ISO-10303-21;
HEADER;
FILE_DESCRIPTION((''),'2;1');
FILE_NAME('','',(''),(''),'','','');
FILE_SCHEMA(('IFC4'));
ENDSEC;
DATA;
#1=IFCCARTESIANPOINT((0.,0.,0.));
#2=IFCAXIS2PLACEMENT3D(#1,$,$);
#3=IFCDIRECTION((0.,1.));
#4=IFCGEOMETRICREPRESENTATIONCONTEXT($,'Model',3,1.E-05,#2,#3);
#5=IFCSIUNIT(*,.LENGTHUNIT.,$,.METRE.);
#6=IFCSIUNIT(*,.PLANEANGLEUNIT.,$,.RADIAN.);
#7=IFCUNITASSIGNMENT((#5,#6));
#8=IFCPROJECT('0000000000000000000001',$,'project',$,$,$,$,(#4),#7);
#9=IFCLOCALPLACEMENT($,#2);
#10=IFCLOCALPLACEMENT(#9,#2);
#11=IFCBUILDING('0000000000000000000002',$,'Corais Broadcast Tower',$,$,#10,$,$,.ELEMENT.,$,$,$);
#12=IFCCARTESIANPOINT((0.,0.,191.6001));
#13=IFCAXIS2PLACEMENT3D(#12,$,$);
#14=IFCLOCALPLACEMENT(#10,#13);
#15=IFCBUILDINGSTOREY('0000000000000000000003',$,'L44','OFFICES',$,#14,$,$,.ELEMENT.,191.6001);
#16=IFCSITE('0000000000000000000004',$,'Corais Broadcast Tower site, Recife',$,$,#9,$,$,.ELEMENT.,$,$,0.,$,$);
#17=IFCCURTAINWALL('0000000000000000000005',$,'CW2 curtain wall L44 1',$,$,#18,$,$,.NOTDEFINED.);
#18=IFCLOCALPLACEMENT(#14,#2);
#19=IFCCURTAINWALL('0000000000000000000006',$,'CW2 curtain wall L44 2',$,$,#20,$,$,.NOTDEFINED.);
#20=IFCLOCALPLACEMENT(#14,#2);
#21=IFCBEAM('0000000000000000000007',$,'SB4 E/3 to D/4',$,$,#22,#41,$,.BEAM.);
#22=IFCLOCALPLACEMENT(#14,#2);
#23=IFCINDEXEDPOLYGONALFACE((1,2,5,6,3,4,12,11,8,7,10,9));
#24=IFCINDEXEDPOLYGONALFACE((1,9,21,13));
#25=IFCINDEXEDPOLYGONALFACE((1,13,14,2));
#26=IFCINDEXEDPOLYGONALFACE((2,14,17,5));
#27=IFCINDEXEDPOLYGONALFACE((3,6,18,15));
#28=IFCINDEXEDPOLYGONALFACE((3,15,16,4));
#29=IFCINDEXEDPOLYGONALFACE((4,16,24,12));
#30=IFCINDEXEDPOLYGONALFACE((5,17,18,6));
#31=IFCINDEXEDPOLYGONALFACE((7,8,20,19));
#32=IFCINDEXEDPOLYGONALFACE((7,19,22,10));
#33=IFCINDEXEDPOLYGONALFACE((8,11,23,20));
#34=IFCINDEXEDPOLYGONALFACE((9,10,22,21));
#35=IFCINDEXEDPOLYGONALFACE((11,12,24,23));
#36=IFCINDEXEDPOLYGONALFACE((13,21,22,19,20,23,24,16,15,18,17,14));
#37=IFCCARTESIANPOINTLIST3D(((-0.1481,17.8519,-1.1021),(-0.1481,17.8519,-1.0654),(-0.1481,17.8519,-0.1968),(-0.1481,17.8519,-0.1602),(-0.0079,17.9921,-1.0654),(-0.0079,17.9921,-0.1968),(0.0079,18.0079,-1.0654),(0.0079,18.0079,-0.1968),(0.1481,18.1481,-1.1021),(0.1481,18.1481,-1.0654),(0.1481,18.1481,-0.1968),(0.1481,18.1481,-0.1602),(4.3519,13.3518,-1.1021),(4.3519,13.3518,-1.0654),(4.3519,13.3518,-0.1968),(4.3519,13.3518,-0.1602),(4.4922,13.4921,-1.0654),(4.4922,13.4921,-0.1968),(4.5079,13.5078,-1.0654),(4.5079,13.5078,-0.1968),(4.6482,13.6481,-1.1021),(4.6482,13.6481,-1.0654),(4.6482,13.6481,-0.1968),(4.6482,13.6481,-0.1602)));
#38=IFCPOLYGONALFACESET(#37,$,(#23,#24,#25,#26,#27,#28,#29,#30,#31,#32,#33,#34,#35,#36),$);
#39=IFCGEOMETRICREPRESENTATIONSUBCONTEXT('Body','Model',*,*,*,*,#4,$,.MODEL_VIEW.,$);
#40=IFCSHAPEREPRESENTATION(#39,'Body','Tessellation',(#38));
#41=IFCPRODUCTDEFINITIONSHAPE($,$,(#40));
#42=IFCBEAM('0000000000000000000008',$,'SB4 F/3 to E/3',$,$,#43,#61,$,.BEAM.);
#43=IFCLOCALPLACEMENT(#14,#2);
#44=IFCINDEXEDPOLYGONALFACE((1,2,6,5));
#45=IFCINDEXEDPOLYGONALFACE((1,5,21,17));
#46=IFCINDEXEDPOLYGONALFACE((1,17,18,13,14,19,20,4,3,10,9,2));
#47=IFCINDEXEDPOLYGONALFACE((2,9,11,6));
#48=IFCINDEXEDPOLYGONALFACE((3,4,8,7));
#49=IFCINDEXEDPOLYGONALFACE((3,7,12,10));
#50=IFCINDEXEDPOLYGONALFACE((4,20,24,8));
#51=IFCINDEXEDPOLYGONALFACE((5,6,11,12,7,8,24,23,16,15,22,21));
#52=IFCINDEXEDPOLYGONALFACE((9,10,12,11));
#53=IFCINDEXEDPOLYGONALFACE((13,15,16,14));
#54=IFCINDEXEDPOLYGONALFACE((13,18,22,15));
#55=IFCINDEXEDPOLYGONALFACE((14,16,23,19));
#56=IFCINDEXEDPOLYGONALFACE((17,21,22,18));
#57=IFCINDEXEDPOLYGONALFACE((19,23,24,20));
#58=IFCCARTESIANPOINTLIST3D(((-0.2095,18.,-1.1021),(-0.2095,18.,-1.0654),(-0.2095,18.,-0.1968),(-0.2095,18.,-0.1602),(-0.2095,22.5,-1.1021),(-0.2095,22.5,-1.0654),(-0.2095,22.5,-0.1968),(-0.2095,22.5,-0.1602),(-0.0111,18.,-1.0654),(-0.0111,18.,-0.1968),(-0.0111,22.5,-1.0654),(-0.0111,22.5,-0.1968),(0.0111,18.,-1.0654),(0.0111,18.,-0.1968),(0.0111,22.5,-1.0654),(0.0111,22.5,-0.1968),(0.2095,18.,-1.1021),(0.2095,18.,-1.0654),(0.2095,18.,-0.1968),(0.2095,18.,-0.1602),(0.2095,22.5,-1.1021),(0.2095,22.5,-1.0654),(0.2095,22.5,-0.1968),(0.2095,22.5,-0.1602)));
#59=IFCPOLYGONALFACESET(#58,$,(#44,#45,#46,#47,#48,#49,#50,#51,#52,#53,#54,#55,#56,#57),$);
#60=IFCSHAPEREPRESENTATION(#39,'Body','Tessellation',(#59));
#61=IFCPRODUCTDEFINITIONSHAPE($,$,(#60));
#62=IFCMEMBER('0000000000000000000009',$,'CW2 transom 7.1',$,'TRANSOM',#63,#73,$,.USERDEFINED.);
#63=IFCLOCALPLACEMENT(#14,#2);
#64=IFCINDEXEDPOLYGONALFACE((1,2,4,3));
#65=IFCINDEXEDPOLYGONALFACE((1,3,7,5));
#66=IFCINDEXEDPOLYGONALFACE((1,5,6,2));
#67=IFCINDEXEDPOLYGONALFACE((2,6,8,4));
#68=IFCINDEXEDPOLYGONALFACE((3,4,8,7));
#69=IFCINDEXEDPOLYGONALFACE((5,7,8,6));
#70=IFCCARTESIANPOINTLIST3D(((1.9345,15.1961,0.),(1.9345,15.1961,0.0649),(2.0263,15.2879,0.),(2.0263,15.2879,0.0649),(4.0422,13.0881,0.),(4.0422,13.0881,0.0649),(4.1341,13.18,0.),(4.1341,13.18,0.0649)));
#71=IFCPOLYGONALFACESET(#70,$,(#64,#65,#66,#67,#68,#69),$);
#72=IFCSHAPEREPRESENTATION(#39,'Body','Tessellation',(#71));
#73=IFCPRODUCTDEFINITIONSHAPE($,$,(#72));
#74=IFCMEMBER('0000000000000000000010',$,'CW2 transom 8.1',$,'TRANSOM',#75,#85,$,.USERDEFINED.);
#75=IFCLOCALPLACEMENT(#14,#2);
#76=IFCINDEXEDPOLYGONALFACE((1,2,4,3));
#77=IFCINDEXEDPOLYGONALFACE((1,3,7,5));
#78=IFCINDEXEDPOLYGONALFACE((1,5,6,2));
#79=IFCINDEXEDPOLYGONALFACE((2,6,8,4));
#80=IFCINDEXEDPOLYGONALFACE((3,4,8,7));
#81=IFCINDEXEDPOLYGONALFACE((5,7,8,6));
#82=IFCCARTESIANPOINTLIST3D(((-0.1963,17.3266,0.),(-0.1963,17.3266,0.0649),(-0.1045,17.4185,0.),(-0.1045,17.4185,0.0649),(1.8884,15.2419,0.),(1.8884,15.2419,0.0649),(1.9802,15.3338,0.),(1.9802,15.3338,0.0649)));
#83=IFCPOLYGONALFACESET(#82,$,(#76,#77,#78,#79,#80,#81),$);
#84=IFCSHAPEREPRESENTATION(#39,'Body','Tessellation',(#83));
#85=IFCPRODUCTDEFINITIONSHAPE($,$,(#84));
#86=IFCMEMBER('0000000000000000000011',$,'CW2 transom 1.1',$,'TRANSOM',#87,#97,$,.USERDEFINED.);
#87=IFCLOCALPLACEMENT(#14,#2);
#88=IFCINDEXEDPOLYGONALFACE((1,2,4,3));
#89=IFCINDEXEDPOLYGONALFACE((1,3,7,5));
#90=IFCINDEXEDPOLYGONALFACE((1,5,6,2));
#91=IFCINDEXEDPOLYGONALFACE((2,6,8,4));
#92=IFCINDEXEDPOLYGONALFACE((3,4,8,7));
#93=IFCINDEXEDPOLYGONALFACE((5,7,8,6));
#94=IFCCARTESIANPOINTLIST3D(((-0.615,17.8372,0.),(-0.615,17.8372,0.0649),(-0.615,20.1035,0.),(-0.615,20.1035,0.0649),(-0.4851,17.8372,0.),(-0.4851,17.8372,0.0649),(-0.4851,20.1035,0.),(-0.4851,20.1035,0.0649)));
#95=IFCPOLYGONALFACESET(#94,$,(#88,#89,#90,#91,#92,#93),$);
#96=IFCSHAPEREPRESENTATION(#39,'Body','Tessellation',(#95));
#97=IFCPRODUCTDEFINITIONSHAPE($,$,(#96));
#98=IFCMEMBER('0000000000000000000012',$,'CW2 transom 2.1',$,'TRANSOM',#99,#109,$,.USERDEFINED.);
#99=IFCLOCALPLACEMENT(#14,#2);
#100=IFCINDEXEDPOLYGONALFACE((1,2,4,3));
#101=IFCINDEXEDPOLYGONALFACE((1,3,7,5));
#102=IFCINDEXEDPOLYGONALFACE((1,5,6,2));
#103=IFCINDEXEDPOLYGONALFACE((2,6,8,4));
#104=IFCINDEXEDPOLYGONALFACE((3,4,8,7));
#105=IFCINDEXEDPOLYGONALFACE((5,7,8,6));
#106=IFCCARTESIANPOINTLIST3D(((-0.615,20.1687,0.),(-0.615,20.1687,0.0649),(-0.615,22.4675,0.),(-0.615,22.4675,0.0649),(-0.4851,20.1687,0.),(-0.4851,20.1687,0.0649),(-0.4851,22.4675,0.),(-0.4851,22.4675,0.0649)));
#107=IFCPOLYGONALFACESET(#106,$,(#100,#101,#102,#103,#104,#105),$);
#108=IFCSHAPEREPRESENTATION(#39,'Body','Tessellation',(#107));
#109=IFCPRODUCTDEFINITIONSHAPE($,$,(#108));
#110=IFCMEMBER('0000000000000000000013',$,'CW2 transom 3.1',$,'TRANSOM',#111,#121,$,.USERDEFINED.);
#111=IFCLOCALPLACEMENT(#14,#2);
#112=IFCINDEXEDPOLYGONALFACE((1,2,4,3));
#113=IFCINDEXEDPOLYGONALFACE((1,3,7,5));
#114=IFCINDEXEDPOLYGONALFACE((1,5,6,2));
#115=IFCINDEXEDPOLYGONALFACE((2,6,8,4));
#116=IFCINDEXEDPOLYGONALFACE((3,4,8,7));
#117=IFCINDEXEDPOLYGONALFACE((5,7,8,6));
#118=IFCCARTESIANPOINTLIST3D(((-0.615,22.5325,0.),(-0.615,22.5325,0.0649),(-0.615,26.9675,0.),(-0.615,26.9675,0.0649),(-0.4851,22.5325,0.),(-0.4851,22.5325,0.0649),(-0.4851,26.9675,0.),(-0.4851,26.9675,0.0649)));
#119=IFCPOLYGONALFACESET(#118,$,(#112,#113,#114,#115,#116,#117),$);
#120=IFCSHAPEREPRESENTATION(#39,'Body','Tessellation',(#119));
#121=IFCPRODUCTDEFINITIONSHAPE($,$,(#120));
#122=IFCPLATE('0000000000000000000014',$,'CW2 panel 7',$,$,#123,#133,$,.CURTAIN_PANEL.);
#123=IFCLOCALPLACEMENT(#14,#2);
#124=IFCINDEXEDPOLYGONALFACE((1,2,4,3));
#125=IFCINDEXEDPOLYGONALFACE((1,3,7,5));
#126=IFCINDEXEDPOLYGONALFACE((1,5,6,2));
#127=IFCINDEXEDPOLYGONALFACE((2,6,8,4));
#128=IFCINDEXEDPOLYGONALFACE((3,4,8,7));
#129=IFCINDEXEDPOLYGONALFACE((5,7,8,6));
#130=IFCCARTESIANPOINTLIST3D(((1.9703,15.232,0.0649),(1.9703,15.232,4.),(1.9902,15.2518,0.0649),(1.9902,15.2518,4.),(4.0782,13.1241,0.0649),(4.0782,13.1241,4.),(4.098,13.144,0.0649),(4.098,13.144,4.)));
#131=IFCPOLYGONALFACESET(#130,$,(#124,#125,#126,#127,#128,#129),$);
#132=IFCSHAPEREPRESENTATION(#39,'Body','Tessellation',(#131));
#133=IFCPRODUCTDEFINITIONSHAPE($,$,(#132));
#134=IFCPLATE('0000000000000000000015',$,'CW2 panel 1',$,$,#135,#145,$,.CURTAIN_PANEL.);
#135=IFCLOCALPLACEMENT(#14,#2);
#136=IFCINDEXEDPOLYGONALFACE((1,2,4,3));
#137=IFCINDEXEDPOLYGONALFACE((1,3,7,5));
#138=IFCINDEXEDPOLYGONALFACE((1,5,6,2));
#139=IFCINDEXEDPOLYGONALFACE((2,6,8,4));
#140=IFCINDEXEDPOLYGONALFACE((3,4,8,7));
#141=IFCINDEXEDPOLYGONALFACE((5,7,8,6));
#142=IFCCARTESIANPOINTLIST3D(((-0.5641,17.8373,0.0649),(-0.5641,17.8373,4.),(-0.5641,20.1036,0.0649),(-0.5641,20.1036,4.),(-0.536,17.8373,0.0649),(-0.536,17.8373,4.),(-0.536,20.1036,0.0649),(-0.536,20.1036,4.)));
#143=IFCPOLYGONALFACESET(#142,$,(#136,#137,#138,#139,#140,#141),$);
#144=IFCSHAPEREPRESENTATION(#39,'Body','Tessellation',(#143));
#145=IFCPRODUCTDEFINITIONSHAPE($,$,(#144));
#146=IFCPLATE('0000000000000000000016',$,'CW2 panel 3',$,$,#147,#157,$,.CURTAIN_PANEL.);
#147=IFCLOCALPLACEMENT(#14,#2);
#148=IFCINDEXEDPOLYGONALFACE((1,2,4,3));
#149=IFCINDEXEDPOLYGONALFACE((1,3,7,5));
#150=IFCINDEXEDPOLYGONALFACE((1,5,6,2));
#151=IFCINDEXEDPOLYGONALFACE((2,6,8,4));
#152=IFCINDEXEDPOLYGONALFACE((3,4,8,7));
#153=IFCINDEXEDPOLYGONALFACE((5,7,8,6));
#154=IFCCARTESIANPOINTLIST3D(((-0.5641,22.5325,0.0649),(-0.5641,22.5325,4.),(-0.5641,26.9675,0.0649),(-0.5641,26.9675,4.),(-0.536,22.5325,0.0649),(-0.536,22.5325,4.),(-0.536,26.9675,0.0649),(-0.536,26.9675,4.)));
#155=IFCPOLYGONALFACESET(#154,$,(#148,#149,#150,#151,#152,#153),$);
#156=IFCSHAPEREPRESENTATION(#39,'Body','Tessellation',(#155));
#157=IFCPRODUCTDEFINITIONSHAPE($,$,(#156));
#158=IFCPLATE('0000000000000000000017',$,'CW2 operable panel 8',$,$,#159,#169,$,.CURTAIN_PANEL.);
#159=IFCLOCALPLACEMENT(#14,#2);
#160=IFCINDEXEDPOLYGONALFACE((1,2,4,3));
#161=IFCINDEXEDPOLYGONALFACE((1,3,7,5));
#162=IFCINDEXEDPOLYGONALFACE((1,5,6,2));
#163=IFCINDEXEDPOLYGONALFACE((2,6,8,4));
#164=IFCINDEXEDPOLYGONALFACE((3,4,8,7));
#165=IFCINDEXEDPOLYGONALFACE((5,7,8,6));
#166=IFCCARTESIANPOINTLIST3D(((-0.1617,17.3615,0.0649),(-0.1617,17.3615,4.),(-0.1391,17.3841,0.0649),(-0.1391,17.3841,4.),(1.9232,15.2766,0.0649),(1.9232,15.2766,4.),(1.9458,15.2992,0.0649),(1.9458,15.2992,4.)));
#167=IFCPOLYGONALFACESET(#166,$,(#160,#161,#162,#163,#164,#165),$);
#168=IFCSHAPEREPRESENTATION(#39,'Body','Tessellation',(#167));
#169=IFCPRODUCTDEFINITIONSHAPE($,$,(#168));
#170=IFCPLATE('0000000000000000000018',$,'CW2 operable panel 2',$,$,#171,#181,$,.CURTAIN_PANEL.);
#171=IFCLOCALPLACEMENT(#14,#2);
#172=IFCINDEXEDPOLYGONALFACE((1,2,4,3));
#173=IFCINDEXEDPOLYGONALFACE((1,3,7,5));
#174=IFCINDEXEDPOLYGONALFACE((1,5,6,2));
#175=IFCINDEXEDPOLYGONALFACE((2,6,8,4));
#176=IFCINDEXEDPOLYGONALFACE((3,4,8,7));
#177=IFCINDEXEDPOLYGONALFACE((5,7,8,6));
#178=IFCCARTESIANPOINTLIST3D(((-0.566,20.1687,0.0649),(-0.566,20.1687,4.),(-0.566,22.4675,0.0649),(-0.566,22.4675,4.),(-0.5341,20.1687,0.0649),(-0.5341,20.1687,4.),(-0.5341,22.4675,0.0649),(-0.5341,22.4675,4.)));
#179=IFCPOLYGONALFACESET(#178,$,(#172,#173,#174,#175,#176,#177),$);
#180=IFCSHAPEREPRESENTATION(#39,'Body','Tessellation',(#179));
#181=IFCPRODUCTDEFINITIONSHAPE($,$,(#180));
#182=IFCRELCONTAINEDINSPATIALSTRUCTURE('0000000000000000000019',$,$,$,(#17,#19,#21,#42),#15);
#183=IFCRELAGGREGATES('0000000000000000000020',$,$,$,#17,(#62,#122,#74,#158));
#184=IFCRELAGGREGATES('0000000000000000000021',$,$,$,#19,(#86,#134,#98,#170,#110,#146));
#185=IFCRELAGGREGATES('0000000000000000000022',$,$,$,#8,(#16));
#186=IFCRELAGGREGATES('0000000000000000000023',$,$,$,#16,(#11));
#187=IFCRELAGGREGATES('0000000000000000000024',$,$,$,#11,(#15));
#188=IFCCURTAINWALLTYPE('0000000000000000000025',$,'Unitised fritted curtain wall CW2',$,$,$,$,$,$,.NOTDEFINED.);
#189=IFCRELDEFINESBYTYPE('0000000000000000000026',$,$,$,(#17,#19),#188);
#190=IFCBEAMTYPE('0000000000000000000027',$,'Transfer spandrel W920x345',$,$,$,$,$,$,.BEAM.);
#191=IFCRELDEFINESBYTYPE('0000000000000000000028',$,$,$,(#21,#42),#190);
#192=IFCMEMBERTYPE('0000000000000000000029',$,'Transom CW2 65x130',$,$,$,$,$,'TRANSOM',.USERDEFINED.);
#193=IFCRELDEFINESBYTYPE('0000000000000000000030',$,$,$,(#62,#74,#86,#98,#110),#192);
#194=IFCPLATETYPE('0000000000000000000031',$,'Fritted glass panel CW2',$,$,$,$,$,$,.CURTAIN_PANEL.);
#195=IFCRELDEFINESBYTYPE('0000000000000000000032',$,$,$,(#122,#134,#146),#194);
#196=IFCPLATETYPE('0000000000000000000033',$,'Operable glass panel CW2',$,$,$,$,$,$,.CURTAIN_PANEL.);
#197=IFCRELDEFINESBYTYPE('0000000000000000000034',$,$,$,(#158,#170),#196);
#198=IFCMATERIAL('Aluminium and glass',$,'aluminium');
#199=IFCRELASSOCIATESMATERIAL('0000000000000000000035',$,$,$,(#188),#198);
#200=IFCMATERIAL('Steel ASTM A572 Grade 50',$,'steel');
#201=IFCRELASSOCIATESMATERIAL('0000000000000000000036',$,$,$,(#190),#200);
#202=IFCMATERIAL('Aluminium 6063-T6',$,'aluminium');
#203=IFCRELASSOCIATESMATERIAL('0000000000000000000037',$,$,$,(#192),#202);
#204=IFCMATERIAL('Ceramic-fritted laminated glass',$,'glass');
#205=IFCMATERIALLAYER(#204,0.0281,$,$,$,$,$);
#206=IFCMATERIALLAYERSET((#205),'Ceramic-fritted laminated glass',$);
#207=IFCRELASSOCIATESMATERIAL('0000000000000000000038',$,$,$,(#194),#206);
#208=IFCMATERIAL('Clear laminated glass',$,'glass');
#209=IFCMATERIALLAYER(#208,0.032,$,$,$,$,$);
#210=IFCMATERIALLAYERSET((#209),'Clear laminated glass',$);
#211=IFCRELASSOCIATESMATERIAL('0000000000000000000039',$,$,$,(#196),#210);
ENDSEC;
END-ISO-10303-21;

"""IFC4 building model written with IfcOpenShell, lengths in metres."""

from ifc_helpers import new_model, si_unit, direction, frame, origin, origin_2d, place, context, subcontext, project, spatial, rectangle, i_section, extrude, material, layer, layer_set, material_profile, profile_set, type_object, element, aggregate, save


model = new_model("IFC4")

# Units and contexts
model_context = context("Model", 3, precision=1e-05, world=origin(), true_north=direction((0.0, 1.0)))
body_context = subcontext(model_context, "Body", "Model", "MODEL_VIEW")
ifc_project = project(units=[si_unit("LENGTHUNIT", "METRE"), si_unit("PLANEANGLEUNIT", "RADIAN")], contexts=[model_context])

# Site, building, storey
site_placement = place(None, origin())
site = spatial("IfcSite", under=ifc_project, at=site_placement, Name="Corais Broadcast Tower site, Recife", CompositionType="ELEMENT", RefElevation=0.0)
building_placement = place(site_placement, origin())
building = spatial("IfcBuilding", under=site, at=building_placement, Name="Corais Broadcast Tower", CompositionType="ELEMENT")
storey_placement = place(building_placement, frame((0.0, 0.0, 191.6001)))
storey = spatial("IfcBuildingStorey", under=building, at=storey_placement, Name="L44", Description="OFFICES", CompositionType="ELEMENT", Elevation=191.6001)

# Curtain walls
ifc_material_1 = material(Name="Aluminium and glass", Category="aluminium")
curtain_wall_type = type_object("IfcCurtainWallType", Name="Unitised fritted curtain wall CW2", PredefinedType="NOTDEFINED", material=ifc_material_1)
curtain_wall_1_placement = place(storey_placement, origin())
curtain_wall_1 = element("IfcCurtainWall", 1, at=curtain_wall_1_placement, inside=storey, type_object=curtain_wall_type, Name="CW2 curtain wall L44 1", PredefinedType="NOTDEFINED")
curtain_wall_2_placement = place(storey_placement, origin())
curtain_wall_2 = element("IfcCurtainWall", 2, at=curtain_wall_2_placement, inside=storey, type_object=curtain_wall_type, Name="CW2 curtain wall L44 2", PredefinedType="NOTDEFINED")

# Beams
ifc_material_2 = material(Name="Steel ASTM A572 Grade 50", Category="steel")
ifc_material_profile_1 = material_profile(ifc_material_2, i_section(OverallWidth=0.4189, OverallDepth=0.9419, WebThickness=0.0222, FlangeThickness=0.0366, at=origin_2d()), Name="W920x345")
ifc_profile_set_1 = profile_set([ifc_material_profile_1], Name="Steel ASTM A572 Grade 50")
beam_type_1 = type_object("IfcBeamType", Name="Transfer spandrel W920x345", PredefinedType="BEAM", material=ifc_profile_set_1)
beam_1_placement = place(storey_placement, frame((0.0, 18.0, -0.6311), z_axis=(0.707107, -0.707107, 0.0), x_axis=(0.707107, 0.707107, 0.0)))
element("IfcBeam", 3, at=beam_1_placement, inside=storey, type_object=beam_type_1, Name="SB4 E/3 to D/4", PredefinedType="BEAM", context=body_context, shape_type="SweptSolid", body=[
    extrude(i_section(OverallWidth=0.4189, OverallDepth=0.9419, WebThickness=0.0222, FlangeThickness=0.0366, at=origin_2d()), origin(), (0.0, 0.0, 1.0), 6.364),
])
beam_2_placement = place(storey_placement, frame((0.0, 22.5, -0.6311), z_axis=(0.0, -1.0, 0.0), x_axis=(1.0, 0.0, 0.0)))
element("IfcBeam", 4, at=beam_2_placement, inside=storey, type_object=beam_type_1, Name="SB4 F/3 to E/3", PredefinedType="BEAM", context=body_context, shape_type="SweptSolid", body=[
    extrude(i_section(OverallWidth=0.4189, OverallDepth=0.9419, WebThickness=0.0222, FlangeThickness=0.0366, at=origin_2d()), origin(), (0.0, 0.0, 1.0), 4.5),
])

# Members
ifc_material_3 = material(Name="Aluminium 6063-T6", Category="aluminium")
ifc_material_profile_2 = material_profile(ifc_material_3, rectangle(XDim=0.1299, YDim=0.0649, at=origin_2d()), Name="Transom CW2 65x130")
ifc_profile_set_2 = profile_set([ifc_material_profile_2], Name="Aluminium 6063-T6")
member_type_1 = type_object("IfcMemberType", Name="Transom CW2 65x130", ElementType="TRANSOM", PredefinedType="USERDEFINED", material=ifc_profile_set_2)
member_1_placement = place(storey_placement, frame((4.0881, 13.134, 0.0325), z_axis=(-0.707066, 0.707148, 0.0), x_axis=(-0.707148, -0.707066, 0.0)))
member_1 = element("IfcMember", 5, at=member_1_placement, type_object=member_type_1, Name="CW2 transom 7.1", ObjectType="TRANSOM", PredefinedType="USERDEFINED", context=body_context, shape_type="SweptSolid", body=[
    extrude(rectangle(XDim=0.1299, YDim=0.0649, at=origin_2d()), origin(), (0.0, 0.0, 1.0), 2.981),
])
member_2_placement = place(storey_placement, frame((1.9343, 15.2878, 0.0325), z_axis=(-0.707107, 0.707107, 0.0), x_axis=(-0.707107, -0.707107, 0.0)))
member_2 = element("IfcMember", 6, at=member_2_placement, type_object=member_type_1, Name="CW2 transom 8.1", ObjectType="TRANSOM", PredefinedType="USERDEFINED", context=body_context, shape_type="SweptSolid", body=[
    extrude(rectangle(XDim=0.1299, YDim=0.0649, at=origin_2d()), origin(), (0.0, 0.0, 1.0), 2.9482),
])
member_3_placement = place(storey_placement, frame((-0.55, 17.8372, 0.0325), z_axis=(0.0, 1.0, 0.0), x_axis=(-1.0, 0.0, 0.0)))
member_3 = element("IfcMember", 7, at=member_3_placement, type_object=member_type_1, Name="CW2 transom 1.1", ObjectType="TRANSOM", PredefinedType="USERDEFINED", context=body_context, shape_type="SweptSolid", body=[
    extrude(rectangle(XDim=0.1299, YDim=0.0649, at=origin_2d()), origin(), (0.0, 0.0, 1.0), 2.2664),
])
member_4_placement = place(storey_placement, frame((-0.55, 20.1687, 0.0325), z_axis=(0.0, 1.0, 0.0), x_axis=(-1.0, 0.0, 0.0)))
member_4 = element("IfcMember", 8, at=member_4_placement, type_object=member_type_1, Name="CW2 transom 2.1", ObjectType="TRANSOM", PredefinedType="USERDEFINED", context=body_context, shape_type="SweptSolid", body=[
    extrude(rectangle(XDim=0.1299, YDim=0.0649, at=origin_2d()), origin(), (0.0, 0.0, 1.0), 2.2988),
])
member_5_placement = place(storey_placement, frame((-0.55, 22.5325, 0.0325), z_axis=(0.0, 1.0, 0.0), x_axis=(-1.0, 0.0, 0.0)))
member_5 = element("IfcMember", 9, at=member_5_placement, type_object=member_type_1, Name="CW2 transom 3.1", ObjectType="TRANSOM", PredefinedType="USERDEFINED", context=body_context, shape_type="SweptSolid", body=[
    extrude(rectangle(XDim=0.1299, YDim=0.0649, at=origin_2d()), origin(), (0.0, 0.0, 1.0), 4.4351),
])

# Plates
ifc_material_4 = material(Name="Ceramic-fritted laminated glass", Category="glass")
ifc_layer_1 = layer(ifc_material_4, 0.0281)
ifc_layer_set_1 = layer_set([ifc_layer_1], Name="Ceramic-fritted laminated glass")
plate_type_1 = type_object("IfcPlateType", Name="Fritted glass panel CW2", PredefinedType="CURTAIN_PANEL", material=ifc_layer_set_1)
plate_1_placement = place(storey_placement, frame((3.0342, 14.188, 0.0649), z_axis=(0.0, 0.0, 1.0), x_axis=(-0.707107, 0.707107, 0.0)))
plate_1 = element("IfcPlate", 10, at=plate_1_placement, type_object=plate_type_1, Name="CW2 panel 7", PredefinedType="CURTAIN_PANEL", context=body_context, shape_type="SweptSolid", body=[
    extrude(rectangle(XDim=2.981, YDim=0.0281, at=origin_2d()), origin(), (0.0, 0.0, 1.0), 3.9351),
])
plate_2_placement = place(storey_placement, frame((-0.55, 18.9705, 0.0649), z_axis=(0.0, 0.0, 1.0), x_axis=(0.0, 1.0, 0.0)))
plate_2 = element("IfcPlate", 11, at=plate_2_placement, type_object=plate_type_1, Name="CW2 panel 1", PredefinedType="CURTAIN_PANEL", context=body_context, shape_type="SweptSolid", body=[
    extrude(rectangle(XDim=2.2664, YDim=0.0281, at=origin_2d()), origin(), (0.0, 0.0, 1.0), 3.9351),
])
plate_3_placement = place(storey_placement, frame((-0.55, 24.75, 0.0649), z_axis=(0.0, 0.0, 1.0), x_axis=(0.0, 1.0, 0.0)))
plate_3 = element("IfcPlate", 12, at=plate_3_placement, type_object=plate_type_1, Name="CW2 panel 3", PredefinedType="CURTAIN_PANEL", context=body_context, shape_type="SweptSolid", body=[
    extrude(rectangle(XDim=4.4351, YDim=0.0281, at=origin_2d()), origin(), (0.0, 0.0, 1.0), 3.9351),
])
ifc_material_5 = material(Name="Clear laminated glass", Category="glass")
ifc_layer_2 = layer(ifc_material_5, 0.032)
ifc_layer_set_2 = layer_set([ifc_layer_2], Name="Clear laminated glass")
plate_type_2 = type_object("IfcPlateType", Name="Operable glass panel CW2", PredefinedType="CURTAIN_PANEL", material=ifc_layer_set_2)
plate_4_placement = place(storey_placement, frame((0.8921, 16.3303, 0.0649), z_axis=(0.0, 0.0, 1.0), x_axis=(-0.707107, 0.707107, 0.0)))
plate_4 = element("IfcPlate", 13, at=plate_4_placement, type_object=plate_type_2, Name="CW2 operable panel 8", PredefinedType="CURTAIN_PANEL", context=body_context, shape_type="SweptSolid", body=[
    extrude(rectangle(XDim=2.9485, YDim=0.032, at=origin_2d()), origin(), (0.0, 0.0, 1.0), 3.9351),
])
aggregate(curtain_wall_1, [member_1, plate_1, member_2, plate_4])
plate_5_placement = place(storey_placement, frame((-0.55, 21.3181, 0.0649), z_axis=(0.0, 0.0, 1.0), x_axis=(0.0, 1.0, 0.0)))
plate_5 = element("IfcPlate", 14, at=plate_5_placement, type_object=plate_type_2, Name="CW2 operable panel 2", PredefinedType="CURTAIN_PANEL", context=body_context, shape_type="SweptSolid", body=[
    extrude(rectangle(XDim=2.2988, YDim=0.032, at=origin_2d()), origin(), (0.0, 0.0, 1.0), 3.9351),
])
aggregate(curtain_wall_2, [member_3, plate_2, member_4, plate_5, member_5, plate_3])

save(model, "model.ifc")
